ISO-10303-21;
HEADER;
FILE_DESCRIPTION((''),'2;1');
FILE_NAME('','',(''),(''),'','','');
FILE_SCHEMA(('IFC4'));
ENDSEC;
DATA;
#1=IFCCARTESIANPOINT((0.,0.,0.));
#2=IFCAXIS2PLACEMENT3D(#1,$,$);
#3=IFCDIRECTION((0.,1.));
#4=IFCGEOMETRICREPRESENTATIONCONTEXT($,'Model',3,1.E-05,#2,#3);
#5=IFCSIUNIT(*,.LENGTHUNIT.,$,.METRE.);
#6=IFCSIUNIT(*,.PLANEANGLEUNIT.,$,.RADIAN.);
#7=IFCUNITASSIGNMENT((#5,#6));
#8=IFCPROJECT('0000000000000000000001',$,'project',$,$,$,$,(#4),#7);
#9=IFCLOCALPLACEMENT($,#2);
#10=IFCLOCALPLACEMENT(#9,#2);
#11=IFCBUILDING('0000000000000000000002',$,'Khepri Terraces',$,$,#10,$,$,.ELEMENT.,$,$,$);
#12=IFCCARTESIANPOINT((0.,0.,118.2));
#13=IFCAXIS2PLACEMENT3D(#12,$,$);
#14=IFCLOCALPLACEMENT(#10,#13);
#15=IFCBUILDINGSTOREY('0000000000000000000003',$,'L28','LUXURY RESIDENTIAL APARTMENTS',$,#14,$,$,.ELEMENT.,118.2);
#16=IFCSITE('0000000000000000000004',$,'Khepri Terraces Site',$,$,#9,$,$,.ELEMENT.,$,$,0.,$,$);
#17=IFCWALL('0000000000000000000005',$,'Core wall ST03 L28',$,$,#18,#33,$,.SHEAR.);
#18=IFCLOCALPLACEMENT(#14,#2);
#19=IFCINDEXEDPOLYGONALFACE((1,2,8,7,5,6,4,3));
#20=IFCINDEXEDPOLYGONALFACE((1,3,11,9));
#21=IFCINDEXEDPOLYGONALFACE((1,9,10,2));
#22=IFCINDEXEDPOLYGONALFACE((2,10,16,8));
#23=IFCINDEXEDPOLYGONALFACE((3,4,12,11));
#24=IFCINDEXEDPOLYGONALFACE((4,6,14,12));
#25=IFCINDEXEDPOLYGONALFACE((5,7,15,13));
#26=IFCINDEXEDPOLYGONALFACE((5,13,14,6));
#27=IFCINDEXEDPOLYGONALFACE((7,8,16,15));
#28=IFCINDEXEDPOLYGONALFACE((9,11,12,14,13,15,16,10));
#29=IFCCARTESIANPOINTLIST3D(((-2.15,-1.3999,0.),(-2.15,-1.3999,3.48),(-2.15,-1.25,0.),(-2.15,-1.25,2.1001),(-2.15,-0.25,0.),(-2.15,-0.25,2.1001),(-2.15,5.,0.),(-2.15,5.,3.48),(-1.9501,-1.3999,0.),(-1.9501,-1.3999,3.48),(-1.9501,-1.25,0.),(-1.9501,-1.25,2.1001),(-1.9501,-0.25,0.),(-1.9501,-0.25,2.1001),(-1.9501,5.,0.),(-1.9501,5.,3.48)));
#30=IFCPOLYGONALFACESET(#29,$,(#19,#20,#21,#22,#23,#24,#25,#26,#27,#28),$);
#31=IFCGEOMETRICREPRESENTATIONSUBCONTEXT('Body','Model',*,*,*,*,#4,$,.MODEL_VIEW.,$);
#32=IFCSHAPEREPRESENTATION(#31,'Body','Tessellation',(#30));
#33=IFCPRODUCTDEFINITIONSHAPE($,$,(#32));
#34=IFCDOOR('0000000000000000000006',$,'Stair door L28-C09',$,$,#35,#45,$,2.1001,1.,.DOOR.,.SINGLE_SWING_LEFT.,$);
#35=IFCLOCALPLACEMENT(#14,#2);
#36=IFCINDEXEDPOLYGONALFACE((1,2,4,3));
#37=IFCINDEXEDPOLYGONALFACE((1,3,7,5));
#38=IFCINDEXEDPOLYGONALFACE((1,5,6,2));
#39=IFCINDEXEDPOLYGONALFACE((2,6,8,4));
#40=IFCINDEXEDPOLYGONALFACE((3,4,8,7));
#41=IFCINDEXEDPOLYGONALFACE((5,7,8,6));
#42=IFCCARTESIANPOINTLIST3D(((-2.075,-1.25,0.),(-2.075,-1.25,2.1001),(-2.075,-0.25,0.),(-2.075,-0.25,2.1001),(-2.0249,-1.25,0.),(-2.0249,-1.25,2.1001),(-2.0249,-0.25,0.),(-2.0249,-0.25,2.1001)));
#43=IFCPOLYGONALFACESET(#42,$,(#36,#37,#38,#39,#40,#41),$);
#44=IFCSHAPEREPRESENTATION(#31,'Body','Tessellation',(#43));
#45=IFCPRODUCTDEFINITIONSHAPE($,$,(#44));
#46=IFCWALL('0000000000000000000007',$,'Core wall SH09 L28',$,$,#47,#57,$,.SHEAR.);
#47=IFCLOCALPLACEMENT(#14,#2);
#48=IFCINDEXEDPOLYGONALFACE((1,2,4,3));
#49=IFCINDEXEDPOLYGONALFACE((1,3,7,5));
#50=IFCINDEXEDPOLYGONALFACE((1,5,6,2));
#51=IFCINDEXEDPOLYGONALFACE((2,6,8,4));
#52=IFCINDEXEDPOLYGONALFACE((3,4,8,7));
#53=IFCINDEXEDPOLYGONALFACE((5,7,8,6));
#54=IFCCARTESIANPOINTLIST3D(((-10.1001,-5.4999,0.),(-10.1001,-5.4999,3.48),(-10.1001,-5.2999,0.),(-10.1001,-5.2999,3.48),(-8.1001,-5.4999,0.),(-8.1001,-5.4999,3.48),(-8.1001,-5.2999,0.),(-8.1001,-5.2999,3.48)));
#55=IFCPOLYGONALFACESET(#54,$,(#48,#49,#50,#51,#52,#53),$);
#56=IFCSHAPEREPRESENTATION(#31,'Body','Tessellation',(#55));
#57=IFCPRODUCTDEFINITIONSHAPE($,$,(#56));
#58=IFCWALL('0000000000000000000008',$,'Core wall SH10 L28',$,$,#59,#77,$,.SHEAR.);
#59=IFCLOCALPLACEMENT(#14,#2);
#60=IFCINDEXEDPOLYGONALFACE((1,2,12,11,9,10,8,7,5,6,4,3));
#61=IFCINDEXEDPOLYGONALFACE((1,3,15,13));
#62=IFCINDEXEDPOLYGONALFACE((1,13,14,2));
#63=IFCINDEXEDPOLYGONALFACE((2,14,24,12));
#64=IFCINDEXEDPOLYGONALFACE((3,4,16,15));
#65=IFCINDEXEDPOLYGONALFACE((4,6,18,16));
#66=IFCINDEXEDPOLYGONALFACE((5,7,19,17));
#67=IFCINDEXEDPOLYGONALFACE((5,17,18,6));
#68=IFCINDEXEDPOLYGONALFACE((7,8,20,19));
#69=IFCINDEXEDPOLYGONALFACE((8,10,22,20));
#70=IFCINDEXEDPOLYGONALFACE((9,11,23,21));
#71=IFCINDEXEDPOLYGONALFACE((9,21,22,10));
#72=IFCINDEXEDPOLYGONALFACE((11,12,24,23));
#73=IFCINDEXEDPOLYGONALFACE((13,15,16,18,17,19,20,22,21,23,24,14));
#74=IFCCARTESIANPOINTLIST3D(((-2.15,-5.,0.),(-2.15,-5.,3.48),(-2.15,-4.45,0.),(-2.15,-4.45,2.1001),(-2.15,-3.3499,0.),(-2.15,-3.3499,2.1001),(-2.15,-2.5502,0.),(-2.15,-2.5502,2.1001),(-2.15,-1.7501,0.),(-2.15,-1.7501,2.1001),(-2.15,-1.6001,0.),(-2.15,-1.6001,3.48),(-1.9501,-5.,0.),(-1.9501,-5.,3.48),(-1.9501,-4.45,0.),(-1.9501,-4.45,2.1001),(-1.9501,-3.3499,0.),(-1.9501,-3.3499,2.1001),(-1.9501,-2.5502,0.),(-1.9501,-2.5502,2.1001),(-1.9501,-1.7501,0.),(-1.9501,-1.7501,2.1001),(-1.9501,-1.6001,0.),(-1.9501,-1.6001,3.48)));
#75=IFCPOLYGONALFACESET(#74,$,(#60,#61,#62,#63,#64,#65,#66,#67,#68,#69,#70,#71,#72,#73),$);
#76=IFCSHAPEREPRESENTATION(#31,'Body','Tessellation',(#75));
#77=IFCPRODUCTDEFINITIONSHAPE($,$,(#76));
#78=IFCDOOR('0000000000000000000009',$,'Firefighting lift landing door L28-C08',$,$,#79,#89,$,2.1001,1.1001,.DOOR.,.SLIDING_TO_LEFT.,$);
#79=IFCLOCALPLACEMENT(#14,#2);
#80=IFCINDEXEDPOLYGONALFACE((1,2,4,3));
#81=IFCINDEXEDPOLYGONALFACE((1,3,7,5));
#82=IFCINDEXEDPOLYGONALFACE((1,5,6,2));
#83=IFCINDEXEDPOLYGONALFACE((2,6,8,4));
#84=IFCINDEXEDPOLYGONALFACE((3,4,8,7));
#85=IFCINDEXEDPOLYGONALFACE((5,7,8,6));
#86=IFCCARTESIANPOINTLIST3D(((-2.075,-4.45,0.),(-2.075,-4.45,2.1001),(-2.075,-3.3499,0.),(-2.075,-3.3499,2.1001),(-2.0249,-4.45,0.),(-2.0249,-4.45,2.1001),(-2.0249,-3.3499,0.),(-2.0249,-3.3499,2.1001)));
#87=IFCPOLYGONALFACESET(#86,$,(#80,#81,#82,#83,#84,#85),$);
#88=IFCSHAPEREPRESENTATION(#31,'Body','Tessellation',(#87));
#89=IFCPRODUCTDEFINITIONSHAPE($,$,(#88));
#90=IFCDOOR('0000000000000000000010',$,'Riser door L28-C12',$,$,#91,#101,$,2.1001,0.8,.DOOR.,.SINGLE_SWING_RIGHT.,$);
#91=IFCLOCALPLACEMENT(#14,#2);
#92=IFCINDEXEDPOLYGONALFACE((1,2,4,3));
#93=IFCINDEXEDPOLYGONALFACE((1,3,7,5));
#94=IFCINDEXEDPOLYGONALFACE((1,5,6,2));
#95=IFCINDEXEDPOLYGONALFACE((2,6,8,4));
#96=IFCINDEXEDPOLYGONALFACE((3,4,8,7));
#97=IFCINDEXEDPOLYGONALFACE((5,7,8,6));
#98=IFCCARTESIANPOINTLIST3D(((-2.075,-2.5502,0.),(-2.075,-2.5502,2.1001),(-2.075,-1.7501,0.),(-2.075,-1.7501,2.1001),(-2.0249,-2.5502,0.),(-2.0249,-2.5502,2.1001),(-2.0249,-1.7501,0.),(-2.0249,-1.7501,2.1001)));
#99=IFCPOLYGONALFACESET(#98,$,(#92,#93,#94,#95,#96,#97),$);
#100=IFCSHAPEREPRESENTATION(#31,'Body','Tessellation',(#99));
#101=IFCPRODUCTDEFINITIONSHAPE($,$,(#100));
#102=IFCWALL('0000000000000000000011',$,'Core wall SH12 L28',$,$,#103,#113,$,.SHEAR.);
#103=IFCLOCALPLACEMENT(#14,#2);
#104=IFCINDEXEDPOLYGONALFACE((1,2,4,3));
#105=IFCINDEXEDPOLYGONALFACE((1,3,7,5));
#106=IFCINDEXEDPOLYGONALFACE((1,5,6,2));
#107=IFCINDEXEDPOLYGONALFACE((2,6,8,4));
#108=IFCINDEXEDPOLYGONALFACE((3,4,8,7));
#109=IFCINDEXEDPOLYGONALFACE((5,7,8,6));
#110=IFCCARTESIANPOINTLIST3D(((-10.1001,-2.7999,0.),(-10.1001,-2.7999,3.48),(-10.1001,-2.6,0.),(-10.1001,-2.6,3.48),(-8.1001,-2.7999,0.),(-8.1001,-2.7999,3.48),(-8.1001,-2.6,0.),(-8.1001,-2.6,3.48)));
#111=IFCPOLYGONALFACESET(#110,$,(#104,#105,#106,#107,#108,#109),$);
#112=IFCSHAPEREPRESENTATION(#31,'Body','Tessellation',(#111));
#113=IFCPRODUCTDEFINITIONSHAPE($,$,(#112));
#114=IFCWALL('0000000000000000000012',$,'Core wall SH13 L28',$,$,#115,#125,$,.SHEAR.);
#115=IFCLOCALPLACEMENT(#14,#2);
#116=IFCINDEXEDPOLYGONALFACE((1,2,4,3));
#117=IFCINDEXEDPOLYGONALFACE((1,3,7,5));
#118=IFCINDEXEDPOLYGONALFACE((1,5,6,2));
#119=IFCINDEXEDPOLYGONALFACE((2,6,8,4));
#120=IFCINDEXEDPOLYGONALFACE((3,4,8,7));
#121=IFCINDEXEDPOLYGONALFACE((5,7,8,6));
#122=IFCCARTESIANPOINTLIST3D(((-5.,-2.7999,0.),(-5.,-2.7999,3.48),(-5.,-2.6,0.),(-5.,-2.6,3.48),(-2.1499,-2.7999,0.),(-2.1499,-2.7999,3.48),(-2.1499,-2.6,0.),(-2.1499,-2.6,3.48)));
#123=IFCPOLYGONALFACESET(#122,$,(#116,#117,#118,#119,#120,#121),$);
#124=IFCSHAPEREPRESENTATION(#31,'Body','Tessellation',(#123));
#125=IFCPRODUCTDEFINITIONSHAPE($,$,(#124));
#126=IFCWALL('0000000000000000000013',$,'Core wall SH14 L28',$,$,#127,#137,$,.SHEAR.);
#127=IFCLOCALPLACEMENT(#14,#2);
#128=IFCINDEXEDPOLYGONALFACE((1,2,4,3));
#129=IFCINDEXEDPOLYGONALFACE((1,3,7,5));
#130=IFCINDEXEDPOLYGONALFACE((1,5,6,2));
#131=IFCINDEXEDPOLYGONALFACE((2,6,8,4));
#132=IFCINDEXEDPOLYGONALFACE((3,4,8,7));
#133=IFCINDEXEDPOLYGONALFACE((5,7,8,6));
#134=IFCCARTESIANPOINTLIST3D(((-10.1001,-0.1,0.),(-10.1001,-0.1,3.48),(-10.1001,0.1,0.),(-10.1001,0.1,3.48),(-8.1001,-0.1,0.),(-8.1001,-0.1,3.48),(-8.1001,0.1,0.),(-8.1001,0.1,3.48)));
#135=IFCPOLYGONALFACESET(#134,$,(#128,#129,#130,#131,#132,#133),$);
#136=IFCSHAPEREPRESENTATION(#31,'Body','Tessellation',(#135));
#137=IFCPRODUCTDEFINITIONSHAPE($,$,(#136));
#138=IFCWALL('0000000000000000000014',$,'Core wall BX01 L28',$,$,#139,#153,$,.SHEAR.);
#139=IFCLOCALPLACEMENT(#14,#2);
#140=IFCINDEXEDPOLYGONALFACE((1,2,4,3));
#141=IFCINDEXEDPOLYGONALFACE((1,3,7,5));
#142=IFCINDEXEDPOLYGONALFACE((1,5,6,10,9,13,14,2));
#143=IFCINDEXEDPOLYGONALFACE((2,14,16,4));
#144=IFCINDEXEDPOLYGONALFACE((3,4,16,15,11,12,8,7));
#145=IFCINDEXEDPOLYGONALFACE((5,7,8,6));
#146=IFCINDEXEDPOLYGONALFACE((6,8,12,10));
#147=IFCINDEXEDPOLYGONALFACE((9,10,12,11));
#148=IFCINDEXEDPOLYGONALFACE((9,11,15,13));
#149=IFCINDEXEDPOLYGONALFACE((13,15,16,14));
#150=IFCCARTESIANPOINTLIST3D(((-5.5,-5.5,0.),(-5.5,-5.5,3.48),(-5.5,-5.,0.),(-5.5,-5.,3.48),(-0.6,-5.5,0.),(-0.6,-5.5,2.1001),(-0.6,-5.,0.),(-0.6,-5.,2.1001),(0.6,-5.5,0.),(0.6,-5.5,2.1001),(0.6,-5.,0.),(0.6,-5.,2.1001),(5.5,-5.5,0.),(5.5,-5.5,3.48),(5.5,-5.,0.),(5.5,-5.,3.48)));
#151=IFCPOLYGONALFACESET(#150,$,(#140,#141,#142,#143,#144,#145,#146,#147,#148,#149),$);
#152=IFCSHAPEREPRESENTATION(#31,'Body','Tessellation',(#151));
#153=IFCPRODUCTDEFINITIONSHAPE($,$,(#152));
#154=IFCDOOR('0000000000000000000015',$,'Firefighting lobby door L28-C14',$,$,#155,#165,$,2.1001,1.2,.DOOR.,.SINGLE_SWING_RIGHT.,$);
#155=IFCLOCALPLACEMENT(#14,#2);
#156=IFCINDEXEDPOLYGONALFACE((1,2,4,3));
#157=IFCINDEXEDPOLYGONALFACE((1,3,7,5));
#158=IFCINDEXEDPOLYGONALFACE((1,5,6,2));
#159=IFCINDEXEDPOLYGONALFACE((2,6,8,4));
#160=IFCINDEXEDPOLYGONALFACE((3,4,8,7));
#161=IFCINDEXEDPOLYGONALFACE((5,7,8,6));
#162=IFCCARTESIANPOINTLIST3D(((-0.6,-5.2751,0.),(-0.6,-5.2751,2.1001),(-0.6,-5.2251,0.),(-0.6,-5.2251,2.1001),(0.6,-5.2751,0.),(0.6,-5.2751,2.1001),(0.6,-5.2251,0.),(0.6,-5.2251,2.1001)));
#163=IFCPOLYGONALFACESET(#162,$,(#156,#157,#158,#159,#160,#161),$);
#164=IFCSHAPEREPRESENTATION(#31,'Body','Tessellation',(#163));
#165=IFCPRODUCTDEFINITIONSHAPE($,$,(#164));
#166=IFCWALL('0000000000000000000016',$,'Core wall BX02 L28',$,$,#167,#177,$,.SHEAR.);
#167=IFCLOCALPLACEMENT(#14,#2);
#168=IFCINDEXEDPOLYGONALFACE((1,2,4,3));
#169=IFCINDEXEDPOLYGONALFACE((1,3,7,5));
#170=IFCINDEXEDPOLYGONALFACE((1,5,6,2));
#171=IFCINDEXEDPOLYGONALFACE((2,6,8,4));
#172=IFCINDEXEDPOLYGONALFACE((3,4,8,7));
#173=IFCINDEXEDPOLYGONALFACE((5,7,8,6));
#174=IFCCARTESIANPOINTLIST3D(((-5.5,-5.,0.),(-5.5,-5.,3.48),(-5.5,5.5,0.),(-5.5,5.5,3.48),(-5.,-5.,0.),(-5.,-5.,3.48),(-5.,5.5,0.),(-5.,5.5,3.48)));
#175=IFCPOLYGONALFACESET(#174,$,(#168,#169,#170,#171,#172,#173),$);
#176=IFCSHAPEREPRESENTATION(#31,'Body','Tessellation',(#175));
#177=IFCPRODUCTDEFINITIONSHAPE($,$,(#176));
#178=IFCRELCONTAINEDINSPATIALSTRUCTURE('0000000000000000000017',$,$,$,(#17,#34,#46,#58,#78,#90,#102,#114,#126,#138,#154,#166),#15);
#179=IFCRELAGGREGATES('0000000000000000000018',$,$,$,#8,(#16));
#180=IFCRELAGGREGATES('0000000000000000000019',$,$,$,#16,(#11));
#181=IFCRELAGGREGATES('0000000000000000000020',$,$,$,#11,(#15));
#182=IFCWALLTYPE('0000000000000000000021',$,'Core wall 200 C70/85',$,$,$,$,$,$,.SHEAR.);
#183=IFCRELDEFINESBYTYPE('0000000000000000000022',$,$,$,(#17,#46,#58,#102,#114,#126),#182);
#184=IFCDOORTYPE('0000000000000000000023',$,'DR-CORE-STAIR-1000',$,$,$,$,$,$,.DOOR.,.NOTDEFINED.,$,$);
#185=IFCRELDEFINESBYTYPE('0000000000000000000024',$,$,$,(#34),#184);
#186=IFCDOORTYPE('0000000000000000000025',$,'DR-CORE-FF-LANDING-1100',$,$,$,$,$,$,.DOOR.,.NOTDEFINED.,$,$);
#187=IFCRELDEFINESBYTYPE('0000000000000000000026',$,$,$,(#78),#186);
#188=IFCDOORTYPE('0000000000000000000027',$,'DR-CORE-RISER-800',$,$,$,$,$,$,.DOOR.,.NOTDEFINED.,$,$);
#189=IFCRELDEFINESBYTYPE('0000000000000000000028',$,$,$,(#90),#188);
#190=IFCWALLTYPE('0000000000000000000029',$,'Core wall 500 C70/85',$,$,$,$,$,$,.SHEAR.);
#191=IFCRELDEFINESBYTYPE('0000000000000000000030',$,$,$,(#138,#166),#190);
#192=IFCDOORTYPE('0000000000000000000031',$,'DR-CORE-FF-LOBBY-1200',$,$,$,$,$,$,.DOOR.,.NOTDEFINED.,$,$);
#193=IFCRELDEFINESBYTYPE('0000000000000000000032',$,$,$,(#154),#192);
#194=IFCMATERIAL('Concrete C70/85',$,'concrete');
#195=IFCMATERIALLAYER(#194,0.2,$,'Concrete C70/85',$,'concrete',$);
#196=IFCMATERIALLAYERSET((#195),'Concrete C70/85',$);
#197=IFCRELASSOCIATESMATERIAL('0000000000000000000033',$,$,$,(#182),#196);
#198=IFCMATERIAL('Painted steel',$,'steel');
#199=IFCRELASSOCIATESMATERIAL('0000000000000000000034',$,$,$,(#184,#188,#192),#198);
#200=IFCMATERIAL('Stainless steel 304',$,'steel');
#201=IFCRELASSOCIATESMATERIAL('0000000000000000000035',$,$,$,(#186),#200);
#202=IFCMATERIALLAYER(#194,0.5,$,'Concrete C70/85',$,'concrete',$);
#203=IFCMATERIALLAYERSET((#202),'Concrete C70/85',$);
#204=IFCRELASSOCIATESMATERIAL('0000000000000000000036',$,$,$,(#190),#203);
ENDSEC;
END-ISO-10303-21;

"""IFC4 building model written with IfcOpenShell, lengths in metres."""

from ifc_helpers import new_model, si_unit, direction, frame, frame_2d, origin, place, context, subcontext, project, spatial, rectangle, extrude, material, layer, layer_set, type_object, element, fill, save


model = new_model("IFC4")

# Units and contexts
model_context = context("Model", 3, precision=1e-05, world=origin(), true_north=direction((0.0, 1.0)))
body_context = subcontext(model_context, "Body", "Model", "MODEL_VIEW")
ifc_project = project(units=[si_unit("LENGTHUNIT", "METRE"), si_unit("PLANEANGLEUNIT", "RADIAN")], contexts=[model_context])

# Site, building, storey
site_placement = place(None, origin())
site = spatial("IfcSite", under=ifc_project, at=site_placement, Name="Khepri Terraces Site", CompositionType="ELEMENT", RefElevation=0.0)
building_placement = place(site_placement, origin())
building = spatial("IfcBuilding", under=site, at=building_placement, Name="Khepri Terraces", CompositionType="ELEMENT")
storey_placement = place(building_placement, frame((0.0, 0.0, 118.2)))
storey = spatial("IfcBuildingStorey", under=building, at=storey_placement, Name="L28", Description="LUXURY RESIDENTIAL APARTMENTS", CompositionType="ELEMENT", Elevation=118.2)

# Shared definitions
ifc_material_1 = material(Name="Concrete C70/85", Category="concrete")
ifc_layer_1 = layer(ifc_material_1, 0.2, Name="Concrete C70/85", Category="concrete")
ifc_layer_set_1 = layer_set([ifc_layer_1], Name="Concrete C70/85")
wall_type_1 = type_object("IfcWallType", Name="Core wall 200 C70/85", PredefinedType="SHEAR", material=ifc_layer_set_1)

# Wall, opening, door
wall_1_placement = place(storey_placement, frame((-2.05, -1.3999, 0.0), z_axis=(0.0, 0.0, 1.0), x_axis=(0.0, 1.0, 0.0)))
wall_1 = element("IfcWall", 1, at=wall_1_placement, inside=storey, type_object=wall_type_1, Name="Core wall ST03 L28", PredefinedType="SHEAR", context=body_context, shape_type="SweptSolid", body=[
    extrude(rectangle(XDim=6.3999, YDim=0.2, at=frame_2d((3.2, 0.0))), origin(), (0.0, 0.0, 1.0), 3.48),
])
opening_1_placement = place(wall_1_placement, frame((0.1499, 0.0, 0.0)))
opening_1 = element("IfcOpeningElement", 2, at=opening_1_placement, cuts=wall_1, PredefinedType="OPENING", context=body_context, shape_type="SweptSolid", body=[
    extrude(rectangle(XDim=1.0, YDim=2.1001, at=frame_2d((0.5, 1.05))), frame((0.0, 0.1099, 0.0), z_axis=(0.0, -1.0, 0.0), x_axis=(1.0, 0.0, 0.0)), (0.0, 0.0, 1.0), 0.22),
])
ifc_material_2 = material(Name="Painted steel", Category="steel")
door_type_1 = type_object("IfcDoorType", Name="DR-CORE-STAIR-1000", OperationType="NOTDEFINED", PredefinedType="DOOR", material=ifc_material_2)
door_1_placement = place(opening_1_placement, origin())
door_1 = element("IfcDoor", 3, at=door_1_placement, inside=storey, type_object=door_type_1, Name="Stair door L28-C09", OperationType="SINGLE_SWING_LEFT", OverallHeight=2.1001, OverallWidth=1.0, PredefinedType="DOOR", context=body_context, shape_type="SweptSolid", body=[
    extrude(rectangle(XDim=1.0, YDim=2.1001, at=frame_2d((0.5, 1.05))), frame((0.0, 0.0249, 0.0), z_axis=(0.0, -1.0, 0.0), x_axis=(1.0, 0.0, 0.0)), (0.0, 0.0, 1.0), 0.05),
])
fill(opening_1, door_1)

# Wall
wall_2_placement = place(storey_placement, frame((-10.1001, -5.3999, 0.0), z_axis=(0.0, 0.0, 1.0), x_axis=(1.0, 0.0, 0.0)))
element("IfcWall", 4, at=wall_2_placement, inside=storey, type_object=wall_type_1, Name="Core wall SH09 L28", PredefinedType="SHEAR", context=body_context, shape_type="SweptSolid", body=[
    extrude(rectangle(XDim=2.0, YDim=0.2, at=frame_2d((1.0, 0.0))), origin(), (0.0, 0.0, 1.0), 3.48),
])

# Wall, openings, doors
wall_3_placement = place(storey_placement, frame((-2.05, -5.0, 0.0), z_axis=(0.0, 0.0, 1.0), x_axis=(0.0, 1.0, 0.0)))
wall_3 = element("IfcWall", 5, at=wall_3_placement, inside=storey, type_object=wall_type_1, Name="Core wall SH10 L28", PredefinedType="SHEAR", context=body_context, shape_type="SweptSolid", body=[
    extrude(rectangle(XDim=3.3999, YDim=0.2, at=frame_2d((1.7, 0.0))), origin(), (0.0, 0.0, 1.0), 3.48),
])
opening_2_placement = place(wall_3_placement, frame((0.55, 0.0, 0.0)))
opening_2 = element("IfcOpeningElement", 6, at=opening_2_placement, cuts=wall_3, PredefinedType="OPENING", context=body_context, shape_type="SweptSolid", body=[
    extrude(rectangle(XDim=1.1001, YDim=2.1001, at=frame_2d((0.55, 1.05))), frame((0.0, 0.1099, 0.0), z_axis=(0.0, -1.0, 0.0), x_axis=(1.0, 0.0, 0.0)), (0.0, 0.0, 1.0), 0.22),
])
opening_3_placement = place(wall_3_placement, frame((2.45, 0.0, 0.0)))
opening_3 = element("IfcOpeningElement", 7, at=opening_3_placement, cuts=wall_3, PredefinedType="OPENING", context=body_context, shape_type="SweptSolid", body=[
    extrude(rectangle(XDim=0.8, YDim=2.1001, at=frame_2d((0.3999, 1.05))), frame((0.0, 0.1099, 0.0), z_axis=(0.0, -1.0, 0.0), x_axis=(1.0, 0.0, 0.0)), (0.0, 0.0, 1.0), 0.22),
])
ifc_material_3 = material(Name="Stainless steel 304", Category="steel")
door_type_2 = type_object("IfcDoorType", Name="DR-CORE-FF-LANDING-1100", OperationType="NOTDEFINED", PredefinedType="DOOR", material=ifc_material_3)
door_2_placement = place(opening_2_placement, origin())
door_2 = element("IfcDoor", 8, at=door_2_placement, inside=storey, type_object=door_type_2, Name="Firefighting lift landing door L28-C08", OperationType="SLIDING_TO_LEFT", OverallHeight=2.1001, OverallWidth=1.1001, PredefinedType="DOOR", context=body_context, shape_type="SweptSolid", body=[
    extrude(rectangle(XDim=1.1001, YDim=2.1001, at=frame_2d((0.55, 1.05))), frame((0.0, 0.0249, 0.0), z_axis=(0.0, -1.0, 0.0), x_axis=(1.0, 0.0, 0.0)), (0.0, 0.0, 1.0), 0.05),
])
fill(opening_2, door_2)
door_type_3 = type_object("IfcDoorType", Name="DR-CORE-RISER-800", OperationType="NOTDEFINED", PredefinedType="DOOR", material=ifc_material_2)
door_3_placement = place(opening_3_placement, origin())
door_3 = element("IfcDoor", 9, at=door_3_placement, inside=storey, type_object=door_type_3, Name="Riser door L28-C12", OperationType="SINGLE_SWING_RIGHT", OverallHeight=2.1001, OverallWidth=0.8, PredefinedType="DOOR", context=body_context, shape_type="SweptSolid", body=[
    extrude(rectangle(XDim=0.8, YDim=2.1001, at=frame_2d((0.3999, 1.05))), frame((0.0, 0.0249, 0.0), z_axis=(0.0, -1.0, 0.0), x_axis=(1.0, 0.0, 0.0)), (0.0, 0.0, 1.0), 0.05),
])
fill(opening_3, door_3)

# Walls
wall_4_placement = place(storey_placement, frame((-10.1001, -2.7, 0.0), z_axis=(0.0, 0.0, 1.0), x_axis=(1.0, 0.0, 0.0)))
element("IfcWall", 10, at=wall_4_placement, inside=storey, type_object=wall_type_1, Name="Core wall SH12 L28", PredefinedType="SHEAR", context=body_context, shape_type="SweptSolid", body=[
    extrude(rectangle(XDim=2.0, YDim=0.2, at=frame_2d((1.0, 0.0))), origin(), (0.0, 0.0, 1.0), 3.48),
])
wall_5_placement = place(storey_placement, frame((-5.0, -2.7, 0.0), z_axis=(0.0, 0.0, 1.0), x_axis=(1.0, 0.0, 0.0)))
element("IfcWall", 11, at=wall_5_placement, inside=storey, type_object=wall_type_1, Name="Core wall SH13 L28", PredefinedType="SHEAR", context=body_context, shape_type="SweptSolid", body=[
    extrude(rectangle(XDim=2.8501, YDim=0.2, at=frame_2d((1.425, 0.0))), origin(), (0.0, 0.0, 1.0), 3.48),
])
wall_6_placement = place(storey_placement, frame((-10.1001, 0.0, 0.0), z_axis=(0.0, 0.0, 1.0), x_axis=(1.0, 0.0, 0.0)))
element("IfcWall", 12, at=wall_6_placement, inside=storey, type_object=wall_type_1, Name="Core wall SH14 L28", PredefinedType="SHEAR", context=body_context, shape_type="SweptSolid", body=[
    extrude(rectangle(XDim=2.0, YDim=0.2, at=frame_2d((1.0, 0.0))), origin(), (0.0, 0.0, 1.0), 3.48),
])

# Wall, opening, door
ifc_layer_2 = layer(ifc_material_1, 0.5, Name="Concrete C70/85", Category="concrete")
ifc_layer_set_2 = layer_set([ifc_layer_2], Name="Concrete C70/85")
wall_type_2 = type_object("IfcWallType", Name="Core wall 500 C70/85", PredefinedType="SHEAR", material=ifc_layer_set_2)
wall_7_placement = place(storey_placement, frame((-5.5, -5.25, 0.0), z_axis=(0.0, 0.0, 1.0), x_axis=(1.0, 0.0, 0.0)))
wall_7 = element("IfcWall", 13, at=wall_7_placement, inside=storey, type_object=wall_type_2, Name="Core wall BX01 L28", PredefinedType="SHEAR", context=body_context, shape_type="SweptSolid", body=[
    extrude(rectangle(XDim=11.0, YDim=0.5, at=frame_2d((5.5, 0.0))), origin(), (0.0, 0.0, 1.0), 3.48),
])
opening_4_placement = place(wall_7_placement, frame((4.8999, 0.0, 0.0)))
opening_4 = element("IfcOpeningElement", 14, at=opening_4_placement, cuts=wall_7, PredefinedType="OPENING", context=body_context, shape_type="SweptSolid", body=[
    extrude(rectangle(XDim=1.2, YDim=2.1001, at=frame_2d((0.6001, 1.05))), frame((0.0, 0.26, 0.0), z_axis=(0.0, -1.0, 0.0), x_axis=(1.0, 0.0, 0.0)), (0.0, 0.0, 1.0), 0.52),
])
door_type_4 = type_object("IfcDoorType", Name="DR-CORE-FF-LOBBY-1200", OperationType="NOTDEFINED", PredefinedType="DOOR", material=ifc_material_2)
door_4_placement = place(opening_4_placement, origin())
door_4 = element("IfcDoor", 15, at=door_4_placement, inside=storey, type_object=door_type_4, Name="Firefighting lobby door L28-C14", OperationType="SINGLE_SWING_RIGHT", OverallHeight=2.1001, OverallWidth=1.2, PredefinedType="DOOR", context=body_context, shape_type="SweptSolid", body=[
    extrude(rectangle(XDim=1.2, YDim=2.1001, at=frame_2d((0.6001, 1.05))), frame((0.0, 0.0249, 0.0), z_axis=(0.0, -1.0, 0.0), x_axis=(1.0, 0.0, 0.0)), (0.0, 0.0, 1.0), 0.05),
])
fill(opening_4, door_4)

# Wall
wall_8_placement = place(storey_placement, frame((-5.25, -5.0, 0.0), z_axis=(0.0, 0.0, 1.0), x_axis=(0.0, 1.0, 0.0)))
element("IfcWall", 16, at=wall_8_placement, inside=storey, type_object=wall_type_2, Name="Core wall BX02 L28", PredefinedType="SHEAR", context=body_context, shape_type="SweptSolid", body=[
    extrude(rectangle(XDim=10.5, YDim=0.5, at=frame_2d((5.25, 0.0))), origin(), (0.0, 0.0, 1.0), 3.48),
])

save(model, "model.ifc")
